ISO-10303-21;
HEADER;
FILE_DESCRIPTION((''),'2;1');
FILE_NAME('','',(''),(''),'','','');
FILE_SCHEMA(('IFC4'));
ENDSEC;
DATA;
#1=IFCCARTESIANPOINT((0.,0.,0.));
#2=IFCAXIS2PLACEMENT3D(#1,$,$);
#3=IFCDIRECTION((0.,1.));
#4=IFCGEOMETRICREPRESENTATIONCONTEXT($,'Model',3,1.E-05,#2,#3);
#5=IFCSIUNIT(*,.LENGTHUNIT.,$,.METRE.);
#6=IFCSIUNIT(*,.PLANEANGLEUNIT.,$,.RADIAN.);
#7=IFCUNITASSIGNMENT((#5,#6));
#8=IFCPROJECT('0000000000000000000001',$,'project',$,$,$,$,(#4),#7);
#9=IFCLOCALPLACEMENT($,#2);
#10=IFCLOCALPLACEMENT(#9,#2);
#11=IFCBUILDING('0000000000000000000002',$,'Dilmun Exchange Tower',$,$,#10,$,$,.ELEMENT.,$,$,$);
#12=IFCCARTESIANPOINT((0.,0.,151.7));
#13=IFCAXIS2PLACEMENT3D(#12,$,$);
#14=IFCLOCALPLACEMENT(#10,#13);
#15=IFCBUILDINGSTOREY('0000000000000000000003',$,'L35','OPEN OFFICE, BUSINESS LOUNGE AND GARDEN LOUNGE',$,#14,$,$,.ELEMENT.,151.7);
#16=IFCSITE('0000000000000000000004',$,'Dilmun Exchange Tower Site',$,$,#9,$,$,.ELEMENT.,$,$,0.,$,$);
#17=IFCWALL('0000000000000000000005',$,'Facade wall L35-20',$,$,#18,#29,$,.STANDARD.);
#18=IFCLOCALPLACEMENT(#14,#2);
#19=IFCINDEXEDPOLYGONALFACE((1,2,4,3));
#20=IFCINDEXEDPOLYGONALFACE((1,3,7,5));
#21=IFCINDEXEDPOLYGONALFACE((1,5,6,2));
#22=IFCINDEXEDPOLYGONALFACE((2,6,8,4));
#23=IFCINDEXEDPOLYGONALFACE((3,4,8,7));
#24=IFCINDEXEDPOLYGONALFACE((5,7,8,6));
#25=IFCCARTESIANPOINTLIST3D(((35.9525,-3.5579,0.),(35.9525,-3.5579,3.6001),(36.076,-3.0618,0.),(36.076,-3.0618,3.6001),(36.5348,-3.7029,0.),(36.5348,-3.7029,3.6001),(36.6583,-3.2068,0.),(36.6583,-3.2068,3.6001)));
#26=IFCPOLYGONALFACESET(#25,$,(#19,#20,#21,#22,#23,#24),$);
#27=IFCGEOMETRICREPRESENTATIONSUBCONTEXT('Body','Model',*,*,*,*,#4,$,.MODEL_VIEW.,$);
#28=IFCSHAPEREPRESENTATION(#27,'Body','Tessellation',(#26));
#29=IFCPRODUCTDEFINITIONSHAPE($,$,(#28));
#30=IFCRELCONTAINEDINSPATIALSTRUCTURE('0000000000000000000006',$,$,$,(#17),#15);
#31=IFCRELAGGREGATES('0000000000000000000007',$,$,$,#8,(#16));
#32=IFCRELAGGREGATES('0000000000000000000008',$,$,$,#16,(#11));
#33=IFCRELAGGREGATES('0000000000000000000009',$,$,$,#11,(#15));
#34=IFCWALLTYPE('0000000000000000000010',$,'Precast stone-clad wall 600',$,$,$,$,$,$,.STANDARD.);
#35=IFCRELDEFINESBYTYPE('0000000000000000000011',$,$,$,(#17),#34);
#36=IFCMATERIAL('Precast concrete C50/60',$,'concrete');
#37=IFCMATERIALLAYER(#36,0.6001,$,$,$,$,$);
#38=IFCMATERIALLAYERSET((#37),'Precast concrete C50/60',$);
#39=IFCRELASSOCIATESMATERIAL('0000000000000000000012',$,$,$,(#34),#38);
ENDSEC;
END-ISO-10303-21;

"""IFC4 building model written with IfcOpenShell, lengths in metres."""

from ifc_helpers import new_model, si_unit, direction, frame, frame_2d, origin, place, context, subcontext, project, spatial, rectangle, extrude, material, layer, layer_set, type_object, element, save


model = new_model("IFC4")

# Units and contexts
model_context = context("Model", 3, precision=1e-05, world=origin(), true_north=direction((0.0, 1.0)))
body_context = subcontext(model_context, "Body", "Model", "MODEL_VIEW")
ifc_project = project(units=[si_unit("LENGTHUNIT", "METRE"), si_unit("PLANEANGLEUNIT", "RADIAN")], contexts=[model_context])

# Site, building, storey
site_placement = place(None, origin())
site = spatial("IfcSite", under=ifc_project, at=site_placement, Name="Dilmun Exchange Tower Site", CompositionType="ELEMENT", RefElevation=0.0)
building_placement = place(site_placement, origin())
building = spatial("IfcBuilding", under=site, at=building_placement, Name="Dilmun Exchange Tower", CompositionType="ELEMENT")
storey_placement = place(building_placement, frame((0.0, 0.0, 151.7)))
storey = spatial("IfcBuildingStorey", under=building, at=storey_placement, Name="L35", Description="OPEN OFFICE, BUSINESS LOUNGE AND GARDEN LOUNGE", CompositionType="ELEMENT", Elevation=151.7)

# Wall
ifc_material_1 = material(Name="Precast concrete C50/60", Category="concrete")
ifc_layer_1 = layer(ifc_material_1, 0.6001)
ifc_layer_set_1 = layer_set([ifc_layer_1], Name="Precast concrete C50/60")
wall_type_1 = type_object("IfcWallType", Name="Precast stone-clad wall 600", PredefinedType="STANDARD", material=ifc_layer_set_1)
wall_1_placement = place(storey_placement, frame((36.2437, -3.6304, 0.0), z_axis=(0.0, 0.0, 1.0), x_axis=(0.241637, 0.970367, 0.0)))
element("IfcWall", 1, at=wall_1_placement, inside=storey, type_object=wall_type_1, Name="Facade wall L35-20", PredefinedType="STANDARD", context=body_context, shape_type="SweptSolid", body=[
    extrude(rectangle(XDim=0.5112, YDim=0.6001, at=frame_2d((0.2556, 0.0))), origin(), (0.0, 0.0, 1.0), 3.6001),
])

save(model, "model.ifc")
